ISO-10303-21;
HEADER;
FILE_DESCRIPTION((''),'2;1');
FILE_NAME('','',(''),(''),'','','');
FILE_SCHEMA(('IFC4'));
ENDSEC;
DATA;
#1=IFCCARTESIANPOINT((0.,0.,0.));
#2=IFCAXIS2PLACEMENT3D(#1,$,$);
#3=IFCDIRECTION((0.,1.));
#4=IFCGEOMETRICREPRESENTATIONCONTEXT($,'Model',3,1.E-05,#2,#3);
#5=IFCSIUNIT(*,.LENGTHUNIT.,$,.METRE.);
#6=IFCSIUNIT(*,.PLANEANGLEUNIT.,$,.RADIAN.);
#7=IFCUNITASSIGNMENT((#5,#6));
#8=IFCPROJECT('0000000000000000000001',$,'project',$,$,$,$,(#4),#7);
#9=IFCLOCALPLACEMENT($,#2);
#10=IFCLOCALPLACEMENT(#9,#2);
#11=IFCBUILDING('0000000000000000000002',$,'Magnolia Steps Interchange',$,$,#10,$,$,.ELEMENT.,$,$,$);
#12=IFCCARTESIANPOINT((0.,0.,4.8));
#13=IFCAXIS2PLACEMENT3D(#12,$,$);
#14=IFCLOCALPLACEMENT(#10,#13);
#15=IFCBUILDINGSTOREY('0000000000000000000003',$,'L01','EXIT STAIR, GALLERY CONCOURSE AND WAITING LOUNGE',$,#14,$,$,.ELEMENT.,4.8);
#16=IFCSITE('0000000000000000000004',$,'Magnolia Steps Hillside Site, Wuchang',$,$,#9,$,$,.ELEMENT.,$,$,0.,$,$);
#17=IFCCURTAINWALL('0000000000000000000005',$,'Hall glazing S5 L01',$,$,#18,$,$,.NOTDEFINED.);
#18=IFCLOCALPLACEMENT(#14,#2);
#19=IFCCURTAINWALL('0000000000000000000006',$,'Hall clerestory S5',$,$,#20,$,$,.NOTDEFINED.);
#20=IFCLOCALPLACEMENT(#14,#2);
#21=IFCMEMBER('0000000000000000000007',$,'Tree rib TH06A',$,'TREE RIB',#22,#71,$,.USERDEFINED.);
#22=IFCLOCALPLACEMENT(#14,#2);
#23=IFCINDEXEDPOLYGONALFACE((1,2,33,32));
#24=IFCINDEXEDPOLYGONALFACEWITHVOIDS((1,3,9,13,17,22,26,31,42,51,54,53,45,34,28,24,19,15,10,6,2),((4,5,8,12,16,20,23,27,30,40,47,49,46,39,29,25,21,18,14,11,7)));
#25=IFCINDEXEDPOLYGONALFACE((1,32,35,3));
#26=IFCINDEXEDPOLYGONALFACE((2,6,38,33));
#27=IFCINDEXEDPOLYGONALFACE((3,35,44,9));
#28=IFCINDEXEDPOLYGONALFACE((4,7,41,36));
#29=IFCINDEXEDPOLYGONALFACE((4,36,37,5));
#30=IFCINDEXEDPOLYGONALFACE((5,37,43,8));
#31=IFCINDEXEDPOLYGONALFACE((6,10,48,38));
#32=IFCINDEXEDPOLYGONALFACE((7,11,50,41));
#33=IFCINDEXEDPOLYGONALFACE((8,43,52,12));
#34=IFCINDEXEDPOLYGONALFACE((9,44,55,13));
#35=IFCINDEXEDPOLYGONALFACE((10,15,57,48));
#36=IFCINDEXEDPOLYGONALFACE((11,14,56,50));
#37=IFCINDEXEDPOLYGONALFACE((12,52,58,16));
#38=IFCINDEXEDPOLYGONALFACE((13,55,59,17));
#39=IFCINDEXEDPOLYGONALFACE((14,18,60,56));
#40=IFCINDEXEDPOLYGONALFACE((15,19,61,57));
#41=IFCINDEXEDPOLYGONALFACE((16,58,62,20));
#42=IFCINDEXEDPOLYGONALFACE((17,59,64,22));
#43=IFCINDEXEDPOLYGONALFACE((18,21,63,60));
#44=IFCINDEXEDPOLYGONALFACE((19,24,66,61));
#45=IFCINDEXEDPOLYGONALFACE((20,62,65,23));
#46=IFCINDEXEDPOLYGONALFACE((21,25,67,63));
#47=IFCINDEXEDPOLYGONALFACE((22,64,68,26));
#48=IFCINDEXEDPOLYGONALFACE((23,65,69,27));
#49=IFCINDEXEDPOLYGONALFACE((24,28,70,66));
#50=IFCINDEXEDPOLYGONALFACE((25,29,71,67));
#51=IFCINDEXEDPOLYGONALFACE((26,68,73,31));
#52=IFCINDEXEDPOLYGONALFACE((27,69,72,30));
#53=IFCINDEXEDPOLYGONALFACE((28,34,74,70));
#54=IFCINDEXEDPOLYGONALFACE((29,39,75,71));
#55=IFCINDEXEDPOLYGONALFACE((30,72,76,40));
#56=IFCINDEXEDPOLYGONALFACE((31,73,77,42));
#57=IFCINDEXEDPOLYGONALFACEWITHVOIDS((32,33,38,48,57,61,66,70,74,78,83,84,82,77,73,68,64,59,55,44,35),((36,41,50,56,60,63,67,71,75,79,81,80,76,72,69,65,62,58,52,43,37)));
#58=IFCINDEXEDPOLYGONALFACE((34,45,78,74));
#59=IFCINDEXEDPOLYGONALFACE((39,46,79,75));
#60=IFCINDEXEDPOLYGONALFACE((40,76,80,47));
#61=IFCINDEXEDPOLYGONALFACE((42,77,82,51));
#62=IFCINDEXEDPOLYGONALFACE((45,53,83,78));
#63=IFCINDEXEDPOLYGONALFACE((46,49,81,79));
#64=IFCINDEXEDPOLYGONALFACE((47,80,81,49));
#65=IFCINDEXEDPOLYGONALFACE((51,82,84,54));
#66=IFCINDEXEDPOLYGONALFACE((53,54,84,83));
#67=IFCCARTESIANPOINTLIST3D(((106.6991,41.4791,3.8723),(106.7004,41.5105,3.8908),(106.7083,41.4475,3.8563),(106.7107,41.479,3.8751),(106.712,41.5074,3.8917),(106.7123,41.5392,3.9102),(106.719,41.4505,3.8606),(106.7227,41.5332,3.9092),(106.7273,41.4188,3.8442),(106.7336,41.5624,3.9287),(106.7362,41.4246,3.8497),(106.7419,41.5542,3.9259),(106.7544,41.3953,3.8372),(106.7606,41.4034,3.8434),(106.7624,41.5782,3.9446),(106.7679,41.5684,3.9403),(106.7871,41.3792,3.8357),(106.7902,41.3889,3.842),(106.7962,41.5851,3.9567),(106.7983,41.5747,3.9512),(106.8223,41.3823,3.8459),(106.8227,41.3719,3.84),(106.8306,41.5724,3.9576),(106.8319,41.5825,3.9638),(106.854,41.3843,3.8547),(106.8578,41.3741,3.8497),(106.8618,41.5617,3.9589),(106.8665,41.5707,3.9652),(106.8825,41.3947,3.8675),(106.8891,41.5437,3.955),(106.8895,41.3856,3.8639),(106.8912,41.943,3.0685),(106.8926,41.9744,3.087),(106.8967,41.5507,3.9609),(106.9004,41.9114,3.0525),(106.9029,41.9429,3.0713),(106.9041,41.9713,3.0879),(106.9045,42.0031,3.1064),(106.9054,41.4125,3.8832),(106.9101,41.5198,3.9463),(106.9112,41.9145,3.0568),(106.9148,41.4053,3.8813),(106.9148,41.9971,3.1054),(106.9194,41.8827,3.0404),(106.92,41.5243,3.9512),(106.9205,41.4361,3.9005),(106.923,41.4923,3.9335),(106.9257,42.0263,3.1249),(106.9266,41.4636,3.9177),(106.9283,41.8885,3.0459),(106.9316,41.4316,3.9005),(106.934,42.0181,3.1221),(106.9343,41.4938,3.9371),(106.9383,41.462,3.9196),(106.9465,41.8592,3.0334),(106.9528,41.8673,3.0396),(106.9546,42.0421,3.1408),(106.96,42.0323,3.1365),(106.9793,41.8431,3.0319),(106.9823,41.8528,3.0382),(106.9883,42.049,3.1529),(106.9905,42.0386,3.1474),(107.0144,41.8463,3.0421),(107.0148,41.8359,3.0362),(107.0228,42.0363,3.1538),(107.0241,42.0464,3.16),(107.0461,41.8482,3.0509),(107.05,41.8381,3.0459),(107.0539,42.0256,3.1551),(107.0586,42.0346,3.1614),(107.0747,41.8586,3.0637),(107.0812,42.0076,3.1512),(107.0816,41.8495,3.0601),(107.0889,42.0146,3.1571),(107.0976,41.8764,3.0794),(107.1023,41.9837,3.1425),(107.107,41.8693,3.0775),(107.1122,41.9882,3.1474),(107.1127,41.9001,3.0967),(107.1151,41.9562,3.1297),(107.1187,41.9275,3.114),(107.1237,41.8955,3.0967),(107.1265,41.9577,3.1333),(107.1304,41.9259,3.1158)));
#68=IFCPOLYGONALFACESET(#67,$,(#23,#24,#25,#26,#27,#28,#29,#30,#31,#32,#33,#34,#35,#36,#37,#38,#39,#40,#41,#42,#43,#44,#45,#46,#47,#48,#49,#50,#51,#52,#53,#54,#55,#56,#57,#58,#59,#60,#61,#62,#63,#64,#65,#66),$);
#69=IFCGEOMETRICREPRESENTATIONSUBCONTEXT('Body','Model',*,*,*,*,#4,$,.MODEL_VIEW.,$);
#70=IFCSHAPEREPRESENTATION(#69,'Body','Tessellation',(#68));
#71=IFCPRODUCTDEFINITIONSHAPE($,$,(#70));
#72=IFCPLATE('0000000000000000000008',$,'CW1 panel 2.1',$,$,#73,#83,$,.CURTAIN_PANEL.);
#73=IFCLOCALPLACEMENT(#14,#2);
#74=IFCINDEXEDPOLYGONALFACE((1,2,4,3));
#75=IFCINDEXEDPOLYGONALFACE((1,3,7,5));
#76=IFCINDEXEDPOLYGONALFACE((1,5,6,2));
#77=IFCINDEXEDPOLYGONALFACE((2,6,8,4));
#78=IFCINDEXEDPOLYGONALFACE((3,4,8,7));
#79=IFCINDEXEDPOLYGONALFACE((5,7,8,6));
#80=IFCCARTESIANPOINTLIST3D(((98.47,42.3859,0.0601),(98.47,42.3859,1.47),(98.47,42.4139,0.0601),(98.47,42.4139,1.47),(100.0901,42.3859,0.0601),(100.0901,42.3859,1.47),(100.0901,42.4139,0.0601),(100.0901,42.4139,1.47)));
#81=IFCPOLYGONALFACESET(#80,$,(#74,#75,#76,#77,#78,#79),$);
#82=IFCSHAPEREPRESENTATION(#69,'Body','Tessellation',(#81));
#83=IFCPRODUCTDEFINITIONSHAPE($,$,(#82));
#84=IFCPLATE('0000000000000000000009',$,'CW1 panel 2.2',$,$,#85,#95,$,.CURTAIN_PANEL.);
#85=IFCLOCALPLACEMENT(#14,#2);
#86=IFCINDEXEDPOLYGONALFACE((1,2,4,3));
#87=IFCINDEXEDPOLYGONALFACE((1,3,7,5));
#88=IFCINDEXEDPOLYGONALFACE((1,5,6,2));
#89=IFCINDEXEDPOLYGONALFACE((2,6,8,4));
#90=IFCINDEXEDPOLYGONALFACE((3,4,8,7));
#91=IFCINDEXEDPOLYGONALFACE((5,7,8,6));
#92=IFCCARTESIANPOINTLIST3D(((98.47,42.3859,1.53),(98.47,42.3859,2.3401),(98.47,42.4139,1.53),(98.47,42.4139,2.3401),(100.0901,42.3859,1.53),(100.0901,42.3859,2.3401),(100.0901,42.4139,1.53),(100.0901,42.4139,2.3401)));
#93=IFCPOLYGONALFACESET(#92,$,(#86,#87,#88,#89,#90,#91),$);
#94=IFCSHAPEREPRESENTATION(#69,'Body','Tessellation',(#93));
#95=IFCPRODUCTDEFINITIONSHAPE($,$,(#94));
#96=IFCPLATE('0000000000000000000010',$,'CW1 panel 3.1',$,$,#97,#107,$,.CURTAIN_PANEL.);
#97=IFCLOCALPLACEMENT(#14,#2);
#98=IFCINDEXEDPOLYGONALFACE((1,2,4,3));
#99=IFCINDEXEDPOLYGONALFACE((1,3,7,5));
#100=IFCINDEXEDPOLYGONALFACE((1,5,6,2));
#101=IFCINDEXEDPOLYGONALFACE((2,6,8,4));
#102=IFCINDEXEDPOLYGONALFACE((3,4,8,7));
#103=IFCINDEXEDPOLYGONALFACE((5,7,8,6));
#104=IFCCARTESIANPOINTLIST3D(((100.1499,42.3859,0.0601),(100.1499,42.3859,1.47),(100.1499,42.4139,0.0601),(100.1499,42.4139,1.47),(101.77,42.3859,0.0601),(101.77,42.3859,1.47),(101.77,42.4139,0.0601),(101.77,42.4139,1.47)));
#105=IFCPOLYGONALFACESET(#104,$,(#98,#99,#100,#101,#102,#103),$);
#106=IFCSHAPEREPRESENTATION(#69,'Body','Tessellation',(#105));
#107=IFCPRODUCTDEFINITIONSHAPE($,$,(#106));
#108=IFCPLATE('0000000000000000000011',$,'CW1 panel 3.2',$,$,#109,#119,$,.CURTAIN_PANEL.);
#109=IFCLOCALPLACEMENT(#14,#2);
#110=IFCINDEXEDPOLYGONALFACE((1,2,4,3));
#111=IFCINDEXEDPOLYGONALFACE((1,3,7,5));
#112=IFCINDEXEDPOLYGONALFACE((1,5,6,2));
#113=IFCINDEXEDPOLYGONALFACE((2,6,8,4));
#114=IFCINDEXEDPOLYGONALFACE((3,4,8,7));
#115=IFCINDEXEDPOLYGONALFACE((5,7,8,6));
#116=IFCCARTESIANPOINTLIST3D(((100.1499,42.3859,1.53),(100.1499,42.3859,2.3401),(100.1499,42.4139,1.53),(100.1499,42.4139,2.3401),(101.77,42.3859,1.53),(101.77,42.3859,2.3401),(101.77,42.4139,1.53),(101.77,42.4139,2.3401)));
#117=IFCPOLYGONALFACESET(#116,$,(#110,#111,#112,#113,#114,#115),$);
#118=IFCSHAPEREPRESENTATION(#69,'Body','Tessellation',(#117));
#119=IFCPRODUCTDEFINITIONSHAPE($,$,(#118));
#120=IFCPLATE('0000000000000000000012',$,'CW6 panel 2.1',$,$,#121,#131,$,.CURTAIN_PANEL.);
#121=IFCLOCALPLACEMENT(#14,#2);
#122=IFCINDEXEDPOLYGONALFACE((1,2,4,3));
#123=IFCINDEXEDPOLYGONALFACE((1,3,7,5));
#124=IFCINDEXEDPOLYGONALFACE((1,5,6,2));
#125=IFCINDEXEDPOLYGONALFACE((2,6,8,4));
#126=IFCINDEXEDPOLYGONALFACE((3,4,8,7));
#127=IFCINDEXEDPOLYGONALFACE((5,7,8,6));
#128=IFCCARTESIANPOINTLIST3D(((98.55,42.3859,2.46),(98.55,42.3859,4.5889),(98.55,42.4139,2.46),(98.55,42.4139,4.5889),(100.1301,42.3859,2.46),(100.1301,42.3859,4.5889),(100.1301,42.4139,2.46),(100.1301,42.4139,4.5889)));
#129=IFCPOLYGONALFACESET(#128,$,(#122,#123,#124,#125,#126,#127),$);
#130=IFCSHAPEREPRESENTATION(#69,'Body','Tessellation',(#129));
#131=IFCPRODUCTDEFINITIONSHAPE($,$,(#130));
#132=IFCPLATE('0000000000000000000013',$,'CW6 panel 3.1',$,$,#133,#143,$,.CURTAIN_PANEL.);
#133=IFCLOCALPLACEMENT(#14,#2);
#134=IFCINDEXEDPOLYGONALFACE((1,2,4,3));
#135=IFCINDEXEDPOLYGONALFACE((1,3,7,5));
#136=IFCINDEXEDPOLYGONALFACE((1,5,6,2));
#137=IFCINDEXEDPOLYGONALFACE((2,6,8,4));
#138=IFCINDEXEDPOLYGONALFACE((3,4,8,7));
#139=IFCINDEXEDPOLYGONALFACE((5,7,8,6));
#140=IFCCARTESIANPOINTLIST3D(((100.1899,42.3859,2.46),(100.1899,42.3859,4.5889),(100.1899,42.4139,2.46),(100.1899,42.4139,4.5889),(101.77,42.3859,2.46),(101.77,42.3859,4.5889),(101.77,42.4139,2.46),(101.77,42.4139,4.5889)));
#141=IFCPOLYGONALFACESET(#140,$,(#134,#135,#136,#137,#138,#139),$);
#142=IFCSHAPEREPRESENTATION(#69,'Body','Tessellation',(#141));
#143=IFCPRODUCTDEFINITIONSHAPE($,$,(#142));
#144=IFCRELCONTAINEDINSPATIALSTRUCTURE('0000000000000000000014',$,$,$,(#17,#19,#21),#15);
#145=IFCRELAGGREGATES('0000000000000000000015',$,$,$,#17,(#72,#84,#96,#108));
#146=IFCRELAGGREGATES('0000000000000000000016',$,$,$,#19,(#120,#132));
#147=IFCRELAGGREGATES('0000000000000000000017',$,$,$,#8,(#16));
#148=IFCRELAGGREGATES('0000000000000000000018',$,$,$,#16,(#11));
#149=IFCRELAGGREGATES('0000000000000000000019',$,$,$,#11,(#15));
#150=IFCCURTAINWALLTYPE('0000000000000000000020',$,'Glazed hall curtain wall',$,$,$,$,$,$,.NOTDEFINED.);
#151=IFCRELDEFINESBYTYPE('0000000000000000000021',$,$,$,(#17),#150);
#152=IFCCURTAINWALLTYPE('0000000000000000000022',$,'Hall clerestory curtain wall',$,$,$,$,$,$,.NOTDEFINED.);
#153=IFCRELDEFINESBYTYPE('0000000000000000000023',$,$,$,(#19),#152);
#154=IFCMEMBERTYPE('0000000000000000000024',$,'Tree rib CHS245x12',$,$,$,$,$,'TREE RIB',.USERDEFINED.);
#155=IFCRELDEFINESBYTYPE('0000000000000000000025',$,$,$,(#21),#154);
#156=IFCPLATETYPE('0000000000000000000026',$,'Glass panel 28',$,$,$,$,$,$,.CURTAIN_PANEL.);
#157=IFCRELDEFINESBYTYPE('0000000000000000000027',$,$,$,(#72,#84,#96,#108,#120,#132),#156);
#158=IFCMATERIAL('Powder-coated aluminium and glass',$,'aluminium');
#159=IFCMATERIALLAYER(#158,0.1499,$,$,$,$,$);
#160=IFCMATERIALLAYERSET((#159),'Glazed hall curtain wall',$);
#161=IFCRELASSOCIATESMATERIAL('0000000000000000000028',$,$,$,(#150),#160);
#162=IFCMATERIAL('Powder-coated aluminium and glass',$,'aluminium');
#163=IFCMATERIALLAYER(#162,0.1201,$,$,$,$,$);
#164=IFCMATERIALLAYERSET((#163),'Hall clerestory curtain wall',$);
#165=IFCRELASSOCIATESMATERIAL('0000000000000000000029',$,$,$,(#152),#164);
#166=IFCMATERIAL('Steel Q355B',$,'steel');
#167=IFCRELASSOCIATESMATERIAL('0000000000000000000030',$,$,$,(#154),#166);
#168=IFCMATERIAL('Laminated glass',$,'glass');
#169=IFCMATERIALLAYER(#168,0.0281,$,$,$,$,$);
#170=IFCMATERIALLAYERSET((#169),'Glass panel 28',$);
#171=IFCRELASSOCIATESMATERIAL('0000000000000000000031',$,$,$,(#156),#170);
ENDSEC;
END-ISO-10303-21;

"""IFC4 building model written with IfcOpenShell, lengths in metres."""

from ifc_helpers import new_model, si_unit, direction, frame, origin, origin_2d, place, context, subcontext, project, spatial, rectangle, hollow_circle, extrude, material, layer, layer_set, material_profile, profile_set, type_object, element, aggregate, save


model = new_model("IFC4")

# Units and contexts
model_context = context("Model", 3, precision=1e-05, world=origin(), true_north=direction((0.0, 1.0)))
body_context = subcontext(model_context, "Body", "Model", "MODEL_VIEW")
ifc_project = project(units=[si_unit("LENGTHUNIT", "METRE"), si_unit("PLANEANGLEUNIT", "RADIAN")], contexts=[model_context])

# Site, building, storey
site_placement = place(None, origin())
site = spatial("IfcSite", under=ifc_project, at=site_placement, Name="Magnolia Steps Hillside Site, Wuchang", CompositionType="ELEMENT", RefElevation=0.0)
building_placement = place(site_placement, origin())
building = spatial("IfcBuilding", under=site, at=building_placement, Name="Magnolia Steps Interchange", CompositionType="ELEMENT")
storey_placement = place(building_placement, frame((0.0, 0.0, 4.8)))
storey = spatial("IfcBuildingStorey", under=building, at=storey_placement, Name="L01", Description="EXIT STAIR, GALLERY CONCOURSE AND WAITING LOUNGE", CompositionType="ELEMENT", Elevation=4.8)

# Curtain walls
ifc_material_1 = material(Name="Powder-coated aluminium and glass", Category="aluminium")
ifc_layer_1 = layer(ifc_material_1, 0.1499)
ifc_layer_set_1 = layer_set([ifc_layer_1], Name="Glazed hall curtain wall")
curtain_wall_type_1 = type_object("IfcCurtainWallType", Name="Glazed hall curtain wall", PredefinedType="NOTDEFINED", material=ifc_layer_set_1)
curtain_wall_1_placement = place(storey_placement, origin())
curtain_wall_1 = element("IfcCurtainWall", 1, at=curtain_wall_1_placement, inside=storey, type_object=curtain_wall_type_1, Name="Hall glazing S5 L01", PredefinedType="NOTDEFINED")
ifc_material_2 = material(Name="Powder-coated aluminium and glass", Category="aluminium")
ifc_layer_2 = layer(ifc_material_2, 0.1201)
ifc_layer_set_2 = layer_set([ifc_layer_2], Name="Hall clerestory curtain wall")
curtain_wall_type_2 = type_object("IfcCurtainWallType", Name="Hall clerestory curtain wall", PredefinedType="NOTDEFINED", material=ifc_layer_set_2)
curtain_wall_2_placement = place(storey_placement, origin())
curtain_wall_2 = element("IfcCurtainWall", 2, at=curtain_wall_2_placement, inside=storey, type_object=curtain_wall_type_2, Name="Hall clerestory S5", PredefinedType="NOTDEFINED")

# Member
ifc_material_3 = material(Name="Steel Q355B", Category="steel")
ifc_material_profile_1 = material_profile(ifc_material_3, hollow_circle(Radius=0.1226, WallThickness=0.012, at=origin_2d()), Name="CHS245x12")
ifc_profile_set_1 = profile_set([ifc_material_profile_1], Name="Steel Q355B")
member_type_1 = type_object("IfcMemberType", Name="Tree rib CHS245x12", ElementType="TREE RIB", PredefinedType="USERDEFINED", material=ifc_profile_set_1)
member_1_placement = place(storey_placement, frame((107.0105, 41.9424, 3.0967), z_axis=(-0.202753, -0.489492, 0.848109), x_axis=(0.923881, -0.382681, 0.0)))
element("IfcMember", 3, at=member_1_placement, inside=storey, type_object=member_type_1, Name="Tree rib TH06A", ObjectType="TREE RIB", PredefinedType="USERDEFINED", context=body_context, shape_type="SweptSolid", body=[
    extrude(hollow_circle(Radius=0.1226, WallThickness=0.012, at=origin_2d()), origin(), (0.0, 0.0, 1.0), 0.9478),
])

# Plates
ifc_material_4 = material(Name="Laminated glass", Category="glass")
ifc_layer_3 = layer(ifc_material_4, 0.0281)
ifc_layer_set_3 = layer_set([ifc_layer_3], Name="Glass panel 28")
plate_type = type_object("IfcPlateType", Name="Glass panel 28", PredefinedType="CURTAIN_PANEL", material=ifc_layer_set_3)
plate_1_placement = place(storey_placement, frame((99.28, 42.3999, 0.0601), z_axis=(0.0, 0.0, 1.0), x_axis=(1.0, 0.0, 0.0)))
plate_1 = element("IfcPlate", 4, at=plate_1_placement, type_object=plate_type, Name="CW1 panel 2.1", PredefinedType="CURTAIN_PANEL", context=body_context, shape_type="SweptSolid", body=[
    extrude(rectangle(XDim=1.6201, YDim=0.0281, at=origin_2d()), origin(), (0.0, 0.0, 1.0), 1.4099),
])
plate_2_placement = place(storey_placement, frame((99.28, 42.3999, 1.53), z_axis=(0.0, 0.0, 1.0), x_axis=(1.0, 0.0, 0.0)))
plate_2 = element("IfcPlate", 5, at=plate_2_placement, type_object=plate_type, Name="CW1 panel 2.2", PredefinedType="CURTAIN_PANEL", context=body_context, shape_type="SweptSolid", body=[
    extrude(rectangle(XDim=1.6201, YDim=0.0281, at=origin_2d()), origin(), (0.0, 0.0, 1.0), 0.8101),
])
plate_3_placement = place(storey_placement, frame((100.96, 42.3999, 0.0601), z_axis=(0.0, 0.0, 1.0), x_axis=(1.0, 0.0, 0.0)))
plate_3 = element("IfcPlate", 6, at=plate_3_placement, type_object=plate_type, Name="CW1 panel 3.1", PredefinedType="CURTAIN_PANEL", context=body_context, shape_type="SweptSolid", body=[
    extrude(rectangle(XDim=1.6201, YDim=0.0281, at=origin_2d()), origin(), (0.0, 0.0, 1.0), 1.4099),
])
plate_4_placement = place(storey_placement, frame((100.96, 42.3999, 1.53), z_axis=(0.0, 0.0, 1.0), x_axis=(1.0, 0.0, 0.0)))
plate_4 = element("IfcPlate", 7, at=plate_4_placement, type_object=plate_type, Name="CW1 panel 3.2", PredefinedType="CURTAIN_PANEL", context=body_context, shape_type="SweptSolid", body=[
    extrude(rectangle(XDim=1.6201, YDim=0.0281, at=origin_2d()), origin(), (0.0, 0.0, 1.0), 0.8101),
])
aggregate(curtain_wall_1, [plate_1, plate_2, plate_3, plate_4])
plate_5_placement = place(storey_placement, frame((99.3401, 42.3999, 2.46), z_axis=(0.0, 0.0, 1.0), x_axis=(1.0, 0.0, 0.0)))
plate_5 = element("IfcPlate", 8, at=plate_5_placement, type_object=plate_type, Name="CW6 panel 2.1", PredefinedType="CURTAIN_PANEL", context=body_context, shape_type="SweptSolid", body=[
    extrude(rectangle(XDim=1.5801, YDim=0.0281, at=origin_2d()), origin(), (0.0, 0.0, 1.0), 2.1289),
])
plate_6_placement = place(storey_placement, frame((100.98, 42.3999, 2.46), z_axis=(0.0, 0.0, 1.0), x_axis=(1.0, 0.0, 0.0)))
plate_6 = element("IfcPlate", 9, at=plate_6_placement, type_object=plate_type, Name="CW6 panel 3.1", PredefinedType="CURTAIN_PANEL", context=body_context, shape_type="SweptSolid", body=[
    extrude(rectangle(XDim=1.5801, YDim=0.0281, at=origin_2d()), origin(), (0.0, 0.0, 1.0), 2.1289),
])
aggregate(curtain_wall_2, [plate_5, plate_6])

save(model, "model.ifc")
